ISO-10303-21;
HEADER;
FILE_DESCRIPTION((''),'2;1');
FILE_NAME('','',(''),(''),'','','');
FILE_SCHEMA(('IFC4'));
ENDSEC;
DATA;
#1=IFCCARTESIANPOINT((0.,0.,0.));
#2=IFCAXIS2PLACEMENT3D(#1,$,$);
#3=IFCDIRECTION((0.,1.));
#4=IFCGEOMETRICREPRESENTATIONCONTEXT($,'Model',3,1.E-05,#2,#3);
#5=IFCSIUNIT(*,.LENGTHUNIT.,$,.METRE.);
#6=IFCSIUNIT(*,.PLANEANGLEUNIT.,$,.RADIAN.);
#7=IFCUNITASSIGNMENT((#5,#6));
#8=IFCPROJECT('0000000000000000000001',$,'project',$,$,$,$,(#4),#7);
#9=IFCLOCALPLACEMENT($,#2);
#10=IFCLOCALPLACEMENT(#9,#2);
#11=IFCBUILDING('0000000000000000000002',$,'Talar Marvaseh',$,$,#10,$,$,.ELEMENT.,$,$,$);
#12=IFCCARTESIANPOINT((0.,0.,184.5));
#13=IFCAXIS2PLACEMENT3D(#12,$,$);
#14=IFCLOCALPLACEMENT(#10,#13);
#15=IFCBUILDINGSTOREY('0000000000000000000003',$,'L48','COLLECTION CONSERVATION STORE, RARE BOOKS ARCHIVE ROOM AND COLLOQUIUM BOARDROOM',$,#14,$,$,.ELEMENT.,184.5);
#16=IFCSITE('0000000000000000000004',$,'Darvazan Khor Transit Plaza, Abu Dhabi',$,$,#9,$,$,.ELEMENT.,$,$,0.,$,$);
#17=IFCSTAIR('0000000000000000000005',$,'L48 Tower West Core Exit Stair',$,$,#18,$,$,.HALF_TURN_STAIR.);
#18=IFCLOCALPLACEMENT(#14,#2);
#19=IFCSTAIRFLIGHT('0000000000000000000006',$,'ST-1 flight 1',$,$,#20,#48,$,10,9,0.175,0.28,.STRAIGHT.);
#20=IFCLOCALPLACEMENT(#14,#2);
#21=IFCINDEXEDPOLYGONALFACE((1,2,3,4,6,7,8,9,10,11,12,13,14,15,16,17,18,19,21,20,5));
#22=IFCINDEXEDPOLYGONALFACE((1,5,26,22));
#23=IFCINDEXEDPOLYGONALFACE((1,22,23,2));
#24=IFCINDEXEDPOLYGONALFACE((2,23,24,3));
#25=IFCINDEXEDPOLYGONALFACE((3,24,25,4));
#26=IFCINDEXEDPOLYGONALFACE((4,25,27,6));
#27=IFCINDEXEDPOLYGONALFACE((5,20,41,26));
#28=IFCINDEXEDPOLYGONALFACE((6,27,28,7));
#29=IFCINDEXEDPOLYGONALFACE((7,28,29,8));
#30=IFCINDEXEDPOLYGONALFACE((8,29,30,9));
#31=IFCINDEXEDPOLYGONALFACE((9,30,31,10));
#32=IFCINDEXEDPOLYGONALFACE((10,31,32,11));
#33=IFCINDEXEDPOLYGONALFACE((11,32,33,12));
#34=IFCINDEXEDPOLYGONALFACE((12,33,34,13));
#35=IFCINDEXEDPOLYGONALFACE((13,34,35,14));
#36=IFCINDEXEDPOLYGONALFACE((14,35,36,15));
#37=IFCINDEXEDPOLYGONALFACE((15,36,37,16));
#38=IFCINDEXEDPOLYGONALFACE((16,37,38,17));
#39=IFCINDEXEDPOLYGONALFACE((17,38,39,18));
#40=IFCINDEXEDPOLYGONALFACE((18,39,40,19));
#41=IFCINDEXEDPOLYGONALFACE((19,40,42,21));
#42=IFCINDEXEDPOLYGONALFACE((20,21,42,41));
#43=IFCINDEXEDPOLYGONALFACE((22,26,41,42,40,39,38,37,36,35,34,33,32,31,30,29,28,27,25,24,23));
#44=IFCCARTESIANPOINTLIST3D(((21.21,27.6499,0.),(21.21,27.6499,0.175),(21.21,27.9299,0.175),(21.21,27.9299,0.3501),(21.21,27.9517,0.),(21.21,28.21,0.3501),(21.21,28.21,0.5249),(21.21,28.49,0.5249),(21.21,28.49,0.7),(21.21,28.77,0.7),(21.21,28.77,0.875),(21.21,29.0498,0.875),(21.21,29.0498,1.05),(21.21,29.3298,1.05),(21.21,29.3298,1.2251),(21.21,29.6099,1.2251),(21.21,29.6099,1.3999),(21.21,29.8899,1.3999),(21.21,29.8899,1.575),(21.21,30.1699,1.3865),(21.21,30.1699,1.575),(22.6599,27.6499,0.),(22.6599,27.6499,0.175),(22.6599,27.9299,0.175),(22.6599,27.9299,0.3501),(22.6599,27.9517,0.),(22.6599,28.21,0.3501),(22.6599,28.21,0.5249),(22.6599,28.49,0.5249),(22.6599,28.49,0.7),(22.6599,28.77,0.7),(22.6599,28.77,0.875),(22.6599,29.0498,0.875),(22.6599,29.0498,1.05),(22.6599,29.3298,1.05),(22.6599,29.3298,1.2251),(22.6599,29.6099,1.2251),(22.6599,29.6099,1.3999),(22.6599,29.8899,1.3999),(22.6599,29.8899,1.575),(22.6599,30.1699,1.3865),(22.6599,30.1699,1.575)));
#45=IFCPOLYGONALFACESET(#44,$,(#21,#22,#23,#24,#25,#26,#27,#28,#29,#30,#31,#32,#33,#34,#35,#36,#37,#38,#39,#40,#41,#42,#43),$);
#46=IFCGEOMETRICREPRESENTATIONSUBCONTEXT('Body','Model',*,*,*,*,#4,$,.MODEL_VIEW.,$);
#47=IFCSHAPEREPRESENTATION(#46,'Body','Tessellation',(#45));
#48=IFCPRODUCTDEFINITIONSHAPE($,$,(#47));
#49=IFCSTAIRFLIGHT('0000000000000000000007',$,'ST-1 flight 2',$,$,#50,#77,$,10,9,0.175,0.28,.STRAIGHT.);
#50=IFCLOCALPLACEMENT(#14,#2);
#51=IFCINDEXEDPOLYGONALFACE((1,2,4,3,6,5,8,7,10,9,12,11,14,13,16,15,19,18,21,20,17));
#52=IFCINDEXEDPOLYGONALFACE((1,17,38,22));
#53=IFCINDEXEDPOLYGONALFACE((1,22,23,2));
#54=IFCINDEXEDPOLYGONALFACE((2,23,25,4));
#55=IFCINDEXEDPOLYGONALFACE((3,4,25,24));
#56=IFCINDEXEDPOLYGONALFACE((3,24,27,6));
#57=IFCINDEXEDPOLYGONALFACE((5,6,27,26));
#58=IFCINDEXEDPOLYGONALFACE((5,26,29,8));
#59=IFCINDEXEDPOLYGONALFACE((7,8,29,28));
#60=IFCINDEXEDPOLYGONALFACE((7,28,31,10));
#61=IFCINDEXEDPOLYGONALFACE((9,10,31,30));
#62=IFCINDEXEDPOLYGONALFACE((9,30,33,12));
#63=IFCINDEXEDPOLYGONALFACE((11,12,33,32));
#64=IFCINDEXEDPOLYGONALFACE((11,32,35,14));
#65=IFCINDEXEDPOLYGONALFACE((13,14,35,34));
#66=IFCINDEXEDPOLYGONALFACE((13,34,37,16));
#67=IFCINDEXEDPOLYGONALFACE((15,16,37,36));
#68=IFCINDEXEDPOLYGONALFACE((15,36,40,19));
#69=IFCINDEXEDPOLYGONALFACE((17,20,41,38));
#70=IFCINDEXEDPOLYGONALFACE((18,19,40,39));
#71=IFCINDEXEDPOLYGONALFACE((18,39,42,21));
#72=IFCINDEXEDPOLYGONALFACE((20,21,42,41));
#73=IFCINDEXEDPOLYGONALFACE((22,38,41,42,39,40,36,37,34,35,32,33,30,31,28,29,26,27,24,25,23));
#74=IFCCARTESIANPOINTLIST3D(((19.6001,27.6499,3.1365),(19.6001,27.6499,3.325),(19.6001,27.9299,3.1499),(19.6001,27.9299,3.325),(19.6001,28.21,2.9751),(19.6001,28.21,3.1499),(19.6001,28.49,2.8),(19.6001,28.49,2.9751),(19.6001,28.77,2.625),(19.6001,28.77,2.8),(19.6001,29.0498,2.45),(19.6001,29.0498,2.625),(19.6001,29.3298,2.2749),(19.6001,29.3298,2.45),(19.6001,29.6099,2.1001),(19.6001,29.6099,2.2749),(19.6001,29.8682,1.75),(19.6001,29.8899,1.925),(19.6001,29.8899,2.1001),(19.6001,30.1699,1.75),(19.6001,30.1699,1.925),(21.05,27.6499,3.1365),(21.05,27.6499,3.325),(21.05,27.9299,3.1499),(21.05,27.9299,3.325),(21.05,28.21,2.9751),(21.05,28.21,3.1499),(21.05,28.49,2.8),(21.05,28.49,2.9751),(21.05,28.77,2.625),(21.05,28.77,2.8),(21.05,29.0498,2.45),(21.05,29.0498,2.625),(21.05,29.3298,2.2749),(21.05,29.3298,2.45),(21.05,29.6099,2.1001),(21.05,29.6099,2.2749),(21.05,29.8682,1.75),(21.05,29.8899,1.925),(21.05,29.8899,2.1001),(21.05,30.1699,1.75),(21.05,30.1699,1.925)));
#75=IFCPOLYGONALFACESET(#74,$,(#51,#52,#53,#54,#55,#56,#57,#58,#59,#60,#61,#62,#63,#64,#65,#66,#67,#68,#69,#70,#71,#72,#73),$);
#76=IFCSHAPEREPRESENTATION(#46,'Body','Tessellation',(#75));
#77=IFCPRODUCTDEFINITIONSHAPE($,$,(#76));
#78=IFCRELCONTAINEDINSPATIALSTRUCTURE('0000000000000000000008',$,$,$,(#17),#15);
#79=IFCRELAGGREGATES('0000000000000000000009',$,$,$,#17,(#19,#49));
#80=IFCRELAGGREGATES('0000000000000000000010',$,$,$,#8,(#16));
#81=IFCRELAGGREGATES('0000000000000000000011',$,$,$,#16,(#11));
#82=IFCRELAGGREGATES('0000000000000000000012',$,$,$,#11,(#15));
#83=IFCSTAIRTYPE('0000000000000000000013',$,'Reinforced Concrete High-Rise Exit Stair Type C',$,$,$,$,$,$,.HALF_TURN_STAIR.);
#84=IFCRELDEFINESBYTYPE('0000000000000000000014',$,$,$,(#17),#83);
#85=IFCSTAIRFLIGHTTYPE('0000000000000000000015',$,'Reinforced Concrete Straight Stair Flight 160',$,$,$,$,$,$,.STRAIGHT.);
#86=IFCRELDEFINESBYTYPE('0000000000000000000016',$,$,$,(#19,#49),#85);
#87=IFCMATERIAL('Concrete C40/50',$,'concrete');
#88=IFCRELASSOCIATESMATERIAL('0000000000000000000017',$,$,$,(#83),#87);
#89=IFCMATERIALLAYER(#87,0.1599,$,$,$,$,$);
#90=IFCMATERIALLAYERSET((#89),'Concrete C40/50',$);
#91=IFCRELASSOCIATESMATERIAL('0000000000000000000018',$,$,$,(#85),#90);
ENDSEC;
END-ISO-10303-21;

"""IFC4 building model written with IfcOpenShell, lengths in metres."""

from ifc_helpers import new_model, si_unit, direction, frame, origin, place, context, subcontext, project, spatial, polyline, outline, extrude, material, layer, layer_set, type_object, element, aggregate, save


model = new_model("IFC4")

# Units and contexts
model_context = context("Model", 3, precision=1e-05, world=origin(), true_north=direction((0.0, 1.0)))
body_context = subcontext(model_context, "Body", "Model", "MODEL_VIEW")
ifc_project = project(units=[si_unit("LENGTHUNIT", "METRE"), si_unit("PLANEANGLEUNIT", "RADIAN")], contexts=[model_context])

# Site, building, storey
site_placement = place(None, origin())
site = spatial("IfcSite", under=ifc_project, at=site_placement, Name="Darvazan Khor Transit Plaza, Abu Dhabi", CompositionType="ELEMENT", RefElevation=0.0)
building_placement = place(site_placement, origin())
building = spatial("IfcBuilding", under=site, at=building_placement, Name="Talar Marvaseh", CompositionType="ELEMENT")
storey_placement = place(building_placement, frame((0.0, 0.0, 184.5)))
storey = spatial("IfcBuildingStorey", under=building, at=storey_placement, Name="L48", Description="COLLECTION CONSERVATION STORE, RARE BOOKS ARCHIVE ROOM AND COLLOQUIUM BOARDROOM", CompositionType="ELEMENT", Elevation=184.5)

# Stair, stair flights
ifc_material_1 = material(Name="Concrete C40/50", Category="concrete")
stair_type = type_object("IfcStairType", Name="Reinforced Concrete High-Rise Exit Stair Type C", PredefinedType="HALF_TURN_STAIR", material=ifc_material_1)
stair_placement = place(storey_placement, origin())
stair = element("IfcStair", 1, at=stair_placement, inside=storey, type_object=stair_type, Name="L48 Tower West Core Exit Stair", PredefinedType="HALF_TURN_STAIR")
ifc_layer_1 = layer(ifc_material_1, 0.1599)
ifc_layer_set_1 = layer_set([ifc_layer_1], Name="Concrete C40/50")
stair_flight_type = type_object("IfcStairFlightType", Name="Reinforced Concrete Straight Stair Flight 160", PredefinedType="STRAIGHT", material=ifc_layer_set_1)
stair_flight_1_placement = place(storey_placement, frame((21.9351, 27.6499, 0.0), z_axis=(0.0, 0.0, 1.0), x_axis=(0.0, 1.0, 0.0)))
stair_flight_1 = element("IfcStairFlight", 2, at=stair_flight_1_placement, type_object=stair_flight_type, Name="ST-1 flight 1", NumberOfRisers=10, NumberOfTreads=9, PredefinedType="STRAIGHT", RiserHeight=0.175, TreadLength=0.28, context=body_context, shape_type="SweptSolid", body=[
    extrude(outline(polyline([(0.0, 0.0), (0.0, 0.175), (0.28, 0.175), (0.28, 0.3501), (0.5601, 0.3501), (0.5601, 0.5249), (0.8401, 0.5249), (0.8401, 0.7), (1.1201, 0.7), (1.1201, 0.875), (1.3999, 0.875), (1.3999, 1.05), (1.6799, 1.05), (1.6799, 1.2251), (1.96, 1.2251), (1.96, 1.3999), (2.24, 1.3999), (2.24, 1.575), (2.52, 1.575), (2.52, 1.75), (2.52, 1.3865), (0.3018, 0.0), (0.0, 0.0)])), frame((0.0, 0.7251, 0.0), z_axis=(0.0, -1.0, 0.0), x_axis=(1.0, 0.0, 0.0)), (0.0, 0.0, 1.0), 1.45),
])
stair_flight_2_placement = place(storey_placement, frame((20.325, 30.1699, 1.75), z_axis=(0.0, 0.0, 1.0), x_axis=(0.0, -1.0, 0.0)))
stair_flight_2 = element("IfcStairFlight", 3, at=stair_flight_2_placement, type_object=stair_flight_type, Name="ST-1 flight 2", NumberOfRisers=10, NumberOfTreads=9, PredefinedType="STRAIGHT", RiserHeight=0.175, TreadLength=0.28, context=body_context, shape_type="SweptSolid", body=[
    extrude(outline(polyline([(0.0, 0.0), (0.0, 0.175), (0.28, 0.175), (0.28, 0.3501), (0.5601, 0.3501), (0.5601, 0.5249), (0.8401, 0.5249), (0.8401, 0.7), (1.1201, 0.7), (1.1201, 0.875), (1.3999, 0.875), (1.3999, 1.05), (1.6799, 1.05), (1.6799, 1.2251), (1.96, 1.2251), (1.96, 1.3999), (2.24, 1.3999), (2.24, 1.575), (2.52, 1.575), (2.52, 1.75), (2.52, 1.3865), (0.3018, 0.0), (0.0, 0.0)])), frame((0.0, 0.7251, 0.0), z_axis=(0.0, -1.0, 0.0), x_axis=(1.0, 0.0, 0.0)), (0.0, 0.0, 1.0), 1.45),
])
aggregate(stair, [stair_flight_1, stair_flight_2])

save(model, "model.ifc")
